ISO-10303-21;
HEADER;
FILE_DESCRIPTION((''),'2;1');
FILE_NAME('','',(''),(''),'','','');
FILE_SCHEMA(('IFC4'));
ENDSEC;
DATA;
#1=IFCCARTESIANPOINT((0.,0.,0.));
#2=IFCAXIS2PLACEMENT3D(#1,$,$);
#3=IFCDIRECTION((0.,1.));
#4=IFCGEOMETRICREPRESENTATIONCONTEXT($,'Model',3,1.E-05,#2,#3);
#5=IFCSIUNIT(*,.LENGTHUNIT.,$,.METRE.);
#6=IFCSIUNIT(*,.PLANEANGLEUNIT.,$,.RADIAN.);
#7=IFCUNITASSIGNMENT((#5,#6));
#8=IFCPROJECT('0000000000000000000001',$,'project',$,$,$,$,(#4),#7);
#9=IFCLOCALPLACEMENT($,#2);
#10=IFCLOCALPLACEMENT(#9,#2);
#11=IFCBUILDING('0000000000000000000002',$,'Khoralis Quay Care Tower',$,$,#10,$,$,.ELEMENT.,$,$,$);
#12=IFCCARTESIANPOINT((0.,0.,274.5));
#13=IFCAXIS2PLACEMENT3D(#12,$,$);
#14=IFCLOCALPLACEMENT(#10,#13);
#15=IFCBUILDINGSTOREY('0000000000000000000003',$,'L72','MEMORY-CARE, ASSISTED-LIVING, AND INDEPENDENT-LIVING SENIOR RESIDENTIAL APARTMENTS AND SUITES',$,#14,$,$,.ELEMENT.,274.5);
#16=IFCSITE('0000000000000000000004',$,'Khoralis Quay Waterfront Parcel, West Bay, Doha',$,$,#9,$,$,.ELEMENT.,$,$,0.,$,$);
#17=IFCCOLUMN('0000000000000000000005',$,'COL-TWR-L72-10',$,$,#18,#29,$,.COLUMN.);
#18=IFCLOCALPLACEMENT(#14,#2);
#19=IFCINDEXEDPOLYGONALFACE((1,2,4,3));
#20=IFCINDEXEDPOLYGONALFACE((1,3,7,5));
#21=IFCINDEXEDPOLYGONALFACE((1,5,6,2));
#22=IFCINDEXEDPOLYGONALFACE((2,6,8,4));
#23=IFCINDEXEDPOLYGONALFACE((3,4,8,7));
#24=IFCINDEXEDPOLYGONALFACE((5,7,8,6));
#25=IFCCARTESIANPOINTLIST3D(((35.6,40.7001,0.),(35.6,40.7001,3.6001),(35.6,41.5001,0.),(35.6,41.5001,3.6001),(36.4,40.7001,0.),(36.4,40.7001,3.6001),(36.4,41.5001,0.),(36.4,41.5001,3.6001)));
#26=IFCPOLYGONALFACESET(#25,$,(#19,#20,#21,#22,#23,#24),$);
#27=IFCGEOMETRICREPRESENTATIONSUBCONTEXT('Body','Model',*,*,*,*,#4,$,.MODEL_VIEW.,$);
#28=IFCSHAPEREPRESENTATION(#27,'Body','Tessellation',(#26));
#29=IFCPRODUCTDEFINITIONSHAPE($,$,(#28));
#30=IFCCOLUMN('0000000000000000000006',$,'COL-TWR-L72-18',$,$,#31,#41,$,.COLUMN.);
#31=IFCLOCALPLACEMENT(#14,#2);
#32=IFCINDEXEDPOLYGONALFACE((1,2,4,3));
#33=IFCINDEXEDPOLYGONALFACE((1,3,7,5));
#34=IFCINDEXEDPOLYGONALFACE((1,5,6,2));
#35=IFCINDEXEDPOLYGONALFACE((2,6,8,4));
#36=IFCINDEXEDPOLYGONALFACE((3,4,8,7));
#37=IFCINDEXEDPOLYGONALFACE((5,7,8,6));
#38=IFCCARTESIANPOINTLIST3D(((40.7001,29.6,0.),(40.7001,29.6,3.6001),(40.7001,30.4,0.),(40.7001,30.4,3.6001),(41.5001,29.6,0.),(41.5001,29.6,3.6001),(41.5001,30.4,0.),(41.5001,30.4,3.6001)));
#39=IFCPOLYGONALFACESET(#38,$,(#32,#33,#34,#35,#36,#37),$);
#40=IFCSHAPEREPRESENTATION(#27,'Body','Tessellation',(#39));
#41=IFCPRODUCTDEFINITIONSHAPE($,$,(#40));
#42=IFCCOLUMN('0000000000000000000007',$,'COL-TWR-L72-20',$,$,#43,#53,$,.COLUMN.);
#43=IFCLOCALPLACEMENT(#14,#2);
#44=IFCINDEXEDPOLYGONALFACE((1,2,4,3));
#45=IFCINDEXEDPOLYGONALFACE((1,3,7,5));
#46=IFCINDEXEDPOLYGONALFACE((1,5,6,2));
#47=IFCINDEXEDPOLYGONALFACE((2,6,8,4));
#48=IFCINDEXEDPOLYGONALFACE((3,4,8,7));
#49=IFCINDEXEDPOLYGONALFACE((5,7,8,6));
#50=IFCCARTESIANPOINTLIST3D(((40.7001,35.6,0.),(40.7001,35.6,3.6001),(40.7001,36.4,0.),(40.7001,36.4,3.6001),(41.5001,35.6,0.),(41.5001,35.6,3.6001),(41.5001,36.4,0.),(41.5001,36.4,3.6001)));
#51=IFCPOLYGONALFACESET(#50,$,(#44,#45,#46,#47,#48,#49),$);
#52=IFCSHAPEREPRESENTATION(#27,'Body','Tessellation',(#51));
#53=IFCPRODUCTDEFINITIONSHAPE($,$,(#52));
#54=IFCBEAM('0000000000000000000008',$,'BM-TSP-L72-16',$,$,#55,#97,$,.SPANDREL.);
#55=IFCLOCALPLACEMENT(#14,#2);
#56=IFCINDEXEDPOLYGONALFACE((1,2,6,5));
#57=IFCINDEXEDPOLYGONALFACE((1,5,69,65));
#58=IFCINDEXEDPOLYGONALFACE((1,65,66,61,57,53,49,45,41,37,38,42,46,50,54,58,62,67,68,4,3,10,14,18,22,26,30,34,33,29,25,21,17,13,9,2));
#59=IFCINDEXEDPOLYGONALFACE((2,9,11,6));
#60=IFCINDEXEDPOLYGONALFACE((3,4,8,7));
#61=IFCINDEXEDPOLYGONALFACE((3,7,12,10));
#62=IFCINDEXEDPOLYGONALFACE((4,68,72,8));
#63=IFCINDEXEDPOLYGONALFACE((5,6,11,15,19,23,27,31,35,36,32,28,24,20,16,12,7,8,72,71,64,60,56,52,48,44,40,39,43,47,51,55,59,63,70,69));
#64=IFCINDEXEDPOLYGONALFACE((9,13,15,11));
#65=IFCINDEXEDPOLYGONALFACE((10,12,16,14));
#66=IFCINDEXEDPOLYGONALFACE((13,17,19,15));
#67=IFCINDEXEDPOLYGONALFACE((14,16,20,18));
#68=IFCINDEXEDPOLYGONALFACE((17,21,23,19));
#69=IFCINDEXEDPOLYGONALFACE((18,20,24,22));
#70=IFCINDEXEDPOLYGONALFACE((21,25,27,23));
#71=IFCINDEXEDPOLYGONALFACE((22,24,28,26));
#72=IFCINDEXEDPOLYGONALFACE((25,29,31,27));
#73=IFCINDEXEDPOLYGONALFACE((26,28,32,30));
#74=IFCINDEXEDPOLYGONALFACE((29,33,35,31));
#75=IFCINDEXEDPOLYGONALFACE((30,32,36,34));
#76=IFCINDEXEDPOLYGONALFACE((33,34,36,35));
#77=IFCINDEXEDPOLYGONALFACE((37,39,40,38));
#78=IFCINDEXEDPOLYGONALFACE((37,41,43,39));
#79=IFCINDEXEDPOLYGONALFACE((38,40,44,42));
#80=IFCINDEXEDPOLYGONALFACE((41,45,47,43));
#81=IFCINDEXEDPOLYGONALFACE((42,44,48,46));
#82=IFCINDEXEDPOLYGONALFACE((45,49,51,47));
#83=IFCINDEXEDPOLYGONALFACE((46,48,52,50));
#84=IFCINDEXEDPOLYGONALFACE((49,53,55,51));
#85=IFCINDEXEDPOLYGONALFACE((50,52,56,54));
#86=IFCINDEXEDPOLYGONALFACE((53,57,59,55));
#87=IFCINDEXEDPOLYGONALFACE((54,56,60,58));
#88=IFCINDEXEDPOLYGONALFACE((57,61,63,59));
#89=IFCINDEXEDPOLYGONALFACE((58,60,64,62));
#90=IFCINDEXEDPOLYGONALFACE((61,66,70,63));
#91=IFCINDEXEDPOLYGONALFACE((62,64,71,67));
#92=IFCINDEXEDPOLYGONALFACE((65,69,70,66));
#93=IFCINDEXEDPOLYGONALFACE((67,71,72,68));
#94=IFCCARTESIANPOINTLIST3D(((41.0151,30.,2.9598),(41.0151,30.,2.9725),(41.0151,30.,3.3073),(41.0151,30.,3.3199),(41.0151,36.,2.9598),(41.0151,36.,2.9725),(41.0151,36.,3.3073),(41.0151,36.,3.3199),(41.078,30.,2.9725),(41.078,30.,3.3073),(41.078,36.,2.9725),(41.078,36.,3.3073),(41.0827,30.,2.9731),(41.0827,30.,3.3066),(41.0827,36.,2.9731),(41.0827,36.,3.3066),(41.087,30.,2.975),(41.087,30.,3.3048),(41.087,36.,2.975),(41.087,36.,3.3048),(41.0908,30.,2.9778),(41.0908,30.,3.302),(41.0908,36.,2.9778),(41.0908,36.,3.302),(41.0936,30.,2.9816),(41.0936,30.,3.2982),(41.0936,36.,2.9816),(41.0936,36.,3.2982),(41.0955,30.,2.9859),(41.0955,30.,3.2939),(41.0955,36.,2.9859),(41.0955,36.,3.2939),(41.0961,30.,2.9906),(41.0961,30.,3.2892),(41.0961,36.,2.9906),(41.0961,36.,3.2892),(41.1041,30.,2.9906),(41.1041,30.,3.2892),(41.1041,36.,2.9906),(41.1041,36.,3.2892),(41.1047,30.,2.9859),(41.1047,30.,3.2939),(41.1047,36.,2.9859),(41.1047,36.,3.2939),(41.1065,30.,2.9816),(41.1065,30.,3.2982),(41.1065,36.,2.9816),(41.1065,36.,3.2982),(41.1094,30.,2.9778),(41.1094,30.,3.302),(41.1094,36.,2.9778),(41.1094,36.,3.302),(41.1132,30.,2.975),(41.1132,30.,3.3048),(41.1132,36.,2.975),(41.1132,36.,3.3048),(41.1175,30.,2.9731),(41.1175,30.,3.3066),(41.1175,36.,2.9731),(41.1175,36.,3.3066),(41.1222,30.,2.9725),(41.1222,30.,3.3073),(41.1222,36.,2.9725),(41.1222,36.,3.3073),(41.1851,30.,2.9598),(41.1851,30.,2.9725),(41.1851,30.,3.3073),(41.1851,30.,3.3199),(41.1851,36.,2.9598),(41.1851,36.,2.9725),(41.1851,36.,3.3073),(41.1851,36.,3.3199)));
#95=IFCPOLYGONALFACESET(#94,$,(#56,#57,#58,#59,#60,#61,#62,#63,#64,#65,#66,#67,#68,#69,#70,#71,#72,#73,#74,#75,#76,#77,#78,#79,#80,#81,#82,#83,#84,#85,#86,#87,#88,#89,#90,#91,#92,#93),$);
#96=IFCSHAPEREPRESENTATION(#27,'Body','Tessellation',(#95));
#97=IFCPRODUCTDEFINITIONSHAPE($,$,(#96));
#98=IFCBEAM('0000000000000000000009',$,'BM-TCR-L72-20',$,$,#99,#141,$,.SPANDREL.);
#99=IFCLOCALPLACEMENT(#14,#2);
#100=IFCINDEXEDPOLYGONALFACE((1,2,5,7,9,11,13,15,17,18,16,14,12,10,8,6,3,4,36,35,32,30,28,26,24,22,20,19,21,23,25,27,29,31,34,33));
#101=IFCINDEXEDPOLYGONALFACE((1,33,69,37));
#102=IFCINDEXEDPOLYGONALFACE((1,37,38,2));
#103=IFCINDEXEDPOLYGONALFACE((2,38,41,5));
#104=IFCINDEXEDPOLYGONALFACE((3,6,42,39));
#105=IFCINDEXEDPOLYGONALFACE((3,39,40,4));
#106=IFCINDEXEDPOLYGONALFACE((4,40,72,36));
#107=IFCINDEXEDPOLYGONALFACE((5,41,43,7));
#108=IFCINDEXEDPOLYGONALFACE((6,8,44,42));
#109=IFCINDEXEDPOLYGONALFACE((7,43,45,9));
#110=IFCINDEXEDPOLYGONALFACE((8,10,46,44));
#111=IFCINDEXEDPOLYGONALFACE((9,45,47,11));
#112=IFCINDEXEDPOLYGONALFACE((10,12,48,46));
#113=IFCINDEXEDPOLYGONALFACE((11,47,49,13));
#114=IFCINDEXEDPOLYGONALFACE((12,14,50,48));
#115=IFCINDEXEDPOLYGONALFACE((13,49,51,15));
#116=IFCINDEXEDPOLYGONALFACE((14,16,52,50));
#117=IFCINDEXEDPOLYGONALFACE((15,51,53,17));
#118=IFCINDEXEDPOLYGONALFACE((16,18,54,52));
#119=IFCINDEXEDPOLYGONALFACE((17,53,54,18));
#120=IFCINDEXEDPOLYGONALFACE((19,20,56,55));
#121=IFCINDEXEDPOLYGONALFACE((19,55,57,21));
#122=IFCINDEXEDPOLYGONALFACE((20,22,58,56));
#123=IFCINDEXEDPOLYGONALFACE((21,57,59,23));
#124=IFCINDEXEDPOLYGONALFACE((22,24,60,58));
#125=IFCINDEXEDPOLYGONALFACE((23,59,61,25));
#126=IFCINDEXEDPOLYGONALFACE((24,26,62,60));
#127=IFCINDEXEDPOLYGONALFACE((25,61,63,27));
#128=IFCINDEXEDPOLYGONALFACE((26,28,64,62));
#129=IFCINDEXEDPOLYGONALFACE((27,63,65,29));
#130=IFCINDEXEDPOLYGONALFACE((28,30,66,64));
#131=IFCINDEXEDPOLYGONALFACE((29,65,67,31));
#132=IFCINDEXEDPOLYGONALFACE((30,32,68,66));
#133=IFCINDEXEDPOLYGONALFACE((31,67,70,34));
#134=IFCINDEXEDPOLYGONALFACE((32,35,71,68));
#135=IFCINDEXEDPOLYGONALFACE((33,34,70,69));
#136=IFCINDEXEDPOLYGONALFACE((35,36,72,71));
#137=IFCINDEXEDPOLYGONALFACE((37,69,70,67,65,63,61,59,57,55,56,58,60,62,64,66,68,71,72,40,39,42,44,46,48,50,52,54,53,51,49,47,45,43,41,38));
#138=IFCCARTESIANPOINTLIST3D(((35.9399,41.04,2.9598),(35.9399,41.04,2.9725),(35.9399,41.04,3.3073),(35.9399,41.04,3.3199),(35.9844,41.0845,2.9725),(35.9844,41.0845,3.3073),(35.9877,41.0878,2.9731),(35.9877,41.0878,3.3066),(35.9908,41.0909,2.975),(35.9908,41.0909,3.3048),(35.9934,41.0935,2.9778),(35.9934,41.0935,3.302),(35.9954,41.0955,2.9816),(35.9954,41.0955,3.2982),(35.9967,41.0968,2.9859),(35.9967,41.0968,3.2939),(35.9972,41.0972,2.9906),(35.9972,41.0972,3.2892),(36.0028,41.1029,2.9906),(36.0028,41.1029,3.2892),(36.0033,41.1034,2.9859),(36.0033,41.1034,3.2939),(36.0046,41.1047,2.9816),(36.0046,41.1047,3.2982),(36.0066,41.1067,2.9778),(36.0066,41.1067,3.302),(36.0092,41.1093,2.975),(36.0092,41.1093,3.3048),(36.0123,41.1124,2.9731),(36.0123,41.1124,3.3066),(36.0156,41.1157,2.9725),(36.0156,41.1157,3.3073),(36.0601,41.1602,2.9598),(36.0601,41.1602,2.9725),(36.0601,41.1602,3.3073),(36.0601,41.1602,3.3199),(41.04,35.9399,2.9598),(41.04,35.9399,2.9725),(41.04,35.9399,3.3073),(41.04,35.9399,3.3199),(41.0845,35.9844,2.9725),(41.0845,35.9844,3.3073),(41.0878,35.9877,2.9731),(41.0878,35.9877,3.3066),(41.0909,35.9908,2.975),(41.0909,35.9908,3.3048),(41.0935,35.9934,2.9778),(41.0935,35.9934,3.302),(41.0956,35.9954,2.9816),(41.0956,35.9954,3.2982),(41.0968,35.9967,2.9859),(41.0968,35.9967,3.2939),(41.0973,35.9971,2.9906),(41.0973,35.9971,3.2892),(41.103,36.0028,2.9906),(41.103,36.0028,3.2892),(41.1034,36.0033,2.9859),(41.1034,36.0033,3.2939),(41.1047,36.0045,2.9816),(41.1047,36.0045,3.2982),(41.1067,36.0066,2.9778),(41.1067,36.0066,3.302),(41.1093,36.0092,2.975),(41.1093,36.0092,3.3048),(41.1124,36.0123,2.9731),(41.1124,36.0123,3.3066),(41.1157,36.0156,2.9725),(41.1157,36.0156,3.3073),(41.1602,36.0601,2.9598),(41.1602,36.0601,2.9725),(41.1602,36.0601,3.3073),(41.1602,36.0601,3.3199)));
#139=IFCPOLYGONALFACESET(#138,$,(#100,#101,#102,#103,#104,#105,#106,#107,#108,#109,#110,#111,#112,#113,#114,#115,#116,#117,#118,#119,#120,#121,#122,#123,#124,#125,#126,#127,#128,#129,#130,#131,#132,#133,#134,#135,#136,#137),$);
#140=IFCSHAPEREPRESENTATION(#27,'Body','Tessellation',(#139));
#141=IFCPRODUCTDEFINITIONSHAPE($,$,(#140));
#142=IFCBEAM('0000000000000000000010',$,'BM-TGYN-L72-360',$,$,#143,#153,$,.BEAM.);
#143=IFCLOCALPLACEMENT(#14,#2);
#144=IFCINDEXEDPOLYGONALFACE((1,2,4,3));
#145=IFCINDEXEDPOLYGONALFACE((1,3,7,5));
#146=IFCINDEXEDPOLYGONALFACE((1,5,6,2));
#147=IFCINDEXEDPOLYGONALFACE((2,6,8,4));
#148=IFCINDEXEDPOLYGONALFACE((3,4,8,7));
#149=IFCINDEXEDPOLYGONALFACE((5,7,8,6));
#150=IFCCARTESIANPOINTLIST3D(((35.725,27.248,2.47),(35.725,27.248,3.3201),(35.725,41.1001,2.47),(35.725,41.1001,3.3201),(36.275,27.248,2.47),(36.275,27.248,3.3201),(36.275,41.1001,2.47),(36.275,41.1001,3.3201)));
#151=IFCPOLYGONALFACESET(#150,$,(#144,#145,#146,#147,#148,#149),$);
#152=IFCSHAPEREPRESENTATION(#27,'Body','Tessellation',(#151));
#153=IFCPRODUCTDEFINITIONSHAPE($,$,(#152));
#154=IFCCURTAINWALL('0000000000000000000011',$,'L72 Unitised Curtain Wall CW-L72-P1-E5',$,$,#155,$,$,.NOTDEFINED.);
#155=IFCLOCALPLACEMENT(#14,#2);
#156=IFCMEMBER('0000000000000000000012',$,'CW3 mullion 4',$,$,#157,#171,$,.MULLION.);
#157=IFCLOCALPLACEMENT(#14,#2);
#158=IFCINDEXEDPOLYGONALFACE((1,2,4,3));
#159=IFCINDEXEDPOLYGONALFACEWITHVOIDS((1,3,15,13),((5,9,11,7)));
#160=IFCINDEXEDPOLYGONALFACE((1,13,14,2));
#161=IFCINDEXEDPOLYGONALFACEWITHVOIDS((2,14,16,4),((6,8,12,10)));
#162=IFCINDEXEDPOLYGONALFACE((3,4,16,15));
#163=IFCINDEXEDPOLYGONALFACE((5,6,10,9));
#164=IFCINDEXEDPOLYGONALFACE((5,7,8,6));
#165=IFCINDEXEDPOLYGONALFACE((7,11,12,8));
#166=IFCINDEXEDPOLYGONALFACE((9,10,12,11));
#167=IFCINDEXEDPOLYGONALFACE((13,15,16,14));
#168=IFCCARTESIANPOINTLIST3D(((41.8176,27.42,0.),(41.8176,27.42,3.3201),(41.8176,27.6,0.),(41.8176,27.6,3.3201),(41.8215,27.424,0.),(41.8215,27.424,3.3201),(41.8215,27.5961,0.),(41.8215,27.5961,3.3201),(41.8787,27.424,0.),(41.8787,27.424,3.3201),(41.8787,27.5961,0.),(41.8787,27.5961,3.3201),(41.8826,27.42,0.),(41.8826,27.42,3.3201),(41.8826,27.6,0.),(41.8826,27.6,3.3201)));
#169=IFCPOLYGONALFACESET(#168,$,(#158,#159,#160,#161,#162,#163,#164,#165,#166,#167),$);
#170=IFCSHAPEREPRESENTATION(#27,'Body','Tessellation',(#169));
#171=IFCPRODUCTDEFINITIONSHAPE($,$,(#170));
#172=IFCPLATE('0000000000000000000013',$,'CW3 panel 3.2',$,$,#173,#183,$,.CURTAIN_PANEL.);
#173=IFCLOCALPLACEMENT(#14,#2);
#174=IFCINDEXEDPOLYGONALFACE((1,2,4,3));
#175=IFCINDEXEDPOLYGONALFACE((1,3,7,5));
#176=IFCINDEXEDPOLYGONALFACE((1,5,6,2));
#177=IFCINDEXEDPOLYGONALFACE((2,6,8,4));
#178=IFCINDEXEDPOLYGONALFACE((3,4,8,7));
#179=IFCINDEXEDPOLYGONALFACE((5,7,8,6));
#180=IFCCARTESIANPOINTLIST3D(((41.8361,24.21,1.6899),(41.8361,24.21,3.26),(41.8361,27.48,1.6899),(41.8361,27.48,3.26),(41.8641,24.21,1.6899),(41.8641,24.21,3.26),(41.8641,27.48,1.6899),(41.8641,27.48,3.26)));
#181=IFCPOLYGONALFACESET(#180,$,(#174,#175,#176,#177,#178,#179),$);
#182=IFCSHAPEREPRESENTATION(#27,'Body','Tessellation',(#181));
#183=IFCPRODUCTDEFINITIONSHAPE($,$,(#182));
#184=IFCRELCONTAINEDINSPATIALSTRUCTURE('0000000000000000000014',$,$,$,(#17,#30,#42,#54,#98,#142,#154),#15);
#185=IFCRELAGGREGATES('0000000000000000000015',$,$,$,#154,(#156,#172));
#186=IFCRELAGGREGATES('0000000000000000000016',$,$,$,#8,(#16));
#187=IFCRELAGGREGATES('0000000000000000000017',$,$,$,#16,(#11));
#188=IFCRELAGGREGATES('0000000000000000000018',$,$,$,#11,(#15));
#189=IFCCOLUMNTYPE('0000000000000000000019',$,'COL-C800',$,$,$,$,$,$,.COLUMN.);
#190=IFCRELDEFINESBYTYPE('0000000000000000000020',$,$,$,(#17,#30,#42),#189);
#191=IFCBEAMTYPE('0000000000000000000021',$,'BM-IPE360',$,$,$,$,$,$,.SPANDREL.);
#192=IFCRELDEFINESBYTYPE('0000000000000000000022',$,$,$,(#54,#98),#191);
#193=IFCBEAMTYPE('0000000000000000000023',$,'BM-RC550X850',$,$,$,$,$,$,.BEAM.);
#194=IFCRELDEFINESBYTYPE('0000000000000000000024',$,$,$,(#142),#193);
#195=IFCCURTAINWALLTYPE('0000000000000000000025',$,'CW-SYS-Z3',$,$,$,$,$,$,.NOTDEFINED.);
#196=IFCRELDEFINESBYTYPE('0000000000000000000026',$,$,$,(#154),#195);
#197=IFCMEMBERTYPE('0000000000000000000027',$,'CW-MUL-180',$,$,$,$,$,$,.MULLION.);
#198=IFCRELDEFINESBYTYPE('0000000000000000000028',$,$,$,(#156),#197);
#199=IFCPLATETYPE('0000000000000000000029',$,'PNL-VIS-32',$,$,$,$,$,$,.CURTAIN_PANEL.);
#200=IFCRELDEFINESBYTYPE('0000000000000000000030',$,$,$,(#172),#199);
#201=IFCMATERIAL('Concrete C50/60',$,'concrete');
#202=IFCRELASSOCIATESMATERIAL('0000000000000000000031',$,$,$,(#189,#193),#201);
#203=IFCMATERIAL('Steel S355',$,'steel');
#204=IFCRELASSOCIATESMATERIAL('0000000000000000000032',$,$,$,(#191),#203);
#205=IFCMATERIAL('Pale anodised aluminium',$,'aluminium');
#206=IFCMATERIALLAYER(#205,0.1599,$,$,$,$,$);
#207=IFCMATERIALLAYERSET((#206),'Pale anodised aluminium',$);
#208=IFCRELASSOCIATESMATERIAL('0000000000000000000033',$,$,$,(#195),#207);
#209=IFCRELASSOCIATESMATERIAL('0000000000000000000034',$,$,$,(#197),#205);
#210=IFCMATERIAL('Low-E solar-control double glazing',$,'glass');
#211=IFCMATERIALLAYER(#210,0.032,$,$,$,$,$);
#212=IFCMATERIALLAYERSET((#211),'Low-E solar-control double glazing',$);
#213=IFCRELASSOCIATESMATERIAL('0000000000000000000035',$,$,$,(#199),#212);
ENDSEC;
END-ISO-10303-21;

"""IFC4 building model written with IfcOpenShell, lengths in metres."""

from ifc_helpers import new_model, si_unit, direction, frame, origin, origin_2d, place, context, subcontext, project, spatial, rectangle, hollow_rectangle, i_section, extrude, source, transform, mapped, material, layer, layer_set, material_profile, profile_set, type_object, element, aggregate, save


model = new_model("IFC4")

# Units and contexts
model_context = context("Model", 3, precision=1e-05, world=origin(), true_north=direction((0.0, 1.0)))
body_context = subcontext(model_context, "Body", "Model", "MODEL_VIEW")
ifc_project = project(units=[si_unit("LENGTHUNIT", "METRE"), si_unit("PLANEANGLEUNIT", "RADIAN")], contexts=[model_context])

# Site, building, storey
site_placement = place(None, origin())
site = spatial("IfcSite", under=ifc_project, at=site_placement, Name="Khoralis Quay Waterfront Parcel, West Bay, Doha", CompositionType="ELEMENT", RefElevation=0.0)
building_placement = place(site_placement, origin())
building = spatial("IfcBuilding", under=site, at=building_placement, Name="Khoralis Quay Care Tower", CompositionType="ELEMENT")
storey_placement = place(building_placement, frame((0.0, 0.0, 274.5)))
storey = spatial("IfcBuildingStorey", under=building, at=storey_placement, Name="L72", Description="MEMORY-CARE, ASSISTED-LIVING, AND INDEPENDENT-LIVING SENIOR RESIDENTIAL APARTMENTS AND SUITES", CompositionType="ELEMENT", Elevation=274.5)

# Columns
ifc_material_1 = material(Name="Concrete C50/60", Category="concrete")
ifc_material_profile_1 = material_profile(ifc_material_1, rectangle(XDim=0.8, YDim=0.8, at=origin_2d()), Name="Concrete C50/60")
ifc_profile_set_1 = profile_set([ifc_material_profile_1], Name="Concrete C50/60")
column_type = type_object("IfcColumnType", Name="COL-C800", PredefinedType="COLUMN", material=ifc_profile_set_1)
shared_shape_1 = source(origin(), body_context, "Body", "SweptSolid", [
    extrude(rectangle(XDim=0.8, YDim=0.8, at=origin_2d()), origin(), (0.0, 0.0, 1.0), 3.6001),
])
for number, where, z_axis, x_axis, name in (
    (1, (36.0, 41.1001, 0.0), (0.0, 0.0, 1.0), (1.0, 0.0, 0.0), "COL-TWR-L72-10"),
    (2, (41.1001, 30.0, 0.0), (0.0, 0.0, 1.0), (1.0, 0.0, 0.0), "COL-TWR-L72-18"),
    (3, (41.1001, 36.0, 0.0), (0.0, 0.0, 1.0), (1.0, 0.0, 0.0), "COL-TWR-L72-20"),
):
    element("IfcColumn", number, at=place(storey_placement, frame(where, z_axis=z_axis, x_axis=x_axis)), inside=storey, type_object=column_type, Name=name, PredefinedType="COLUMN", context=body_context, shape_type="MappedRepresentation", body=[
        mapped(shared_shape_1, transform((0.0, 0.0, 0.0), scale=1.0)),
    ])

# Beams
ifc_material_2 = material(Name="Steel S355", Category="steel")
ifc_material_profile_2 = material_profile(ifc_material_2, i_section(OverallWidth=0.1699, OverallDepth=0.3601, WebThickness=0.0081, FlangeThickness=0.0127, FilletRadius=0.0181, at=origin_2d()), Name="Steel S355")
ifc_profile_set_2 = profile_set([ifc_material_profile_2], Name="Steel S355")
beam_type_1 = type_object("IfcBeamType", Name="BM-IPE360", PredefinedType="SPANDREL", material=ifc_profile_set_2)
shared_shape_2 = source(origin(), body_context, "Body", "SweptSolid", [
    extrude(i_section(OverallWidth=0.1699, OverallDepth=0.3601, WebThickness=0.0081, FlangeThickness=0.0127, FilletRadius=0.0181, at=origin_2d()), origin(), (0.0, 0.0, 1.0), 6.0),
])
beam_1_placement = place(storey_placement, frame((41.1001, 30.0, 3.1399), z_axis=(0.0, 1.0, 0.0), x_axis=(-1.0, 0.0, 0.0)))
element("IfcBeam", 4, at=beam_1_placement, inside=storey, type_object=beam_type_1, Name="BM-TSP-L72-16", PredefinedType="SPANDREL", context=body_context, shape_type="MappedRepresentation", body=[
    mapped(shared_shape_2, transform((0.0, 0.0, 0.0), scale=1.0)),
])
shared_shape_3 = source(origin(), body_context, "Body", "SweptSolid", [
    extrude(i_section(OverallWidth=0.1699, OverallDepth=0.3601, WebThickness=0.0081, FlangeThickness=0.0127, FilletRadius=0.0181, at=origin_2d()), origin(), (0.0, 0.0, 1.0), 7.2126),
])
beam_2_placement = place(storey_placement, frame((36.0, 41.1001, 3.1399), z_axis=(0.707107, -0.707107, 0.0), x_axis=(0.707107, 0.707107, 0.0)))
element("IfcBeam", 5, at=beam_2_placement, inside=storey, type_object=beam_type_1, Name="BM-TCR-L72-20", PredefinedType="SPANDREL", context=body_context, shape_type="MappedRepresentation", body=[
    mapped(shared_shape_3, transform((0.0, 0.0, 0.0), scale=1.0)),
])
ifc_material_profile_3 = material_profile(ifc_material_1, rectangle(XDim=0.55, YDim=0.8501, at=origin_2d()), Name="Concrete C50/60")
ifc_profile_set_3 = profile_set([ifc_material_profile_3], Name="Concrete C50/60")
beam_type_2 = type_object("IfcBeamType", Name="BM-RC550X850", PredefinedType="BEAM", material=ifc_profile_set_3)
shared_shape_4 = source(origin(), body_context, "Body", "SweptSolid", [
    extrude(rectangle(XDim=0.55, YDim=0.8501, at=origin_2d()), origin(), (0.0, 0.0, 1.0), 13.8521),
])
beam_3_placement = place(storey_placement, frame((36.0, 27.248, 2.895), z_axis=(0.0, 1.0, 0.0), x_axis=(-1.0, 0.0, 0.0)))
element("IfcBeam", 6, at=beam_3_placement, inside=storey, type_object=beam_type_2, Name="BM-TGYN-L72-360", PredefinedType="BEAM", context=body_context, shape_type="MappedRepresentation", body=[
    mapped(shared_shape_4, transform((0.0, 0.0, 0.0), scale=1.0)),
])

# Curtain wall, member, plate
ifc_material_3 = material(Name="Pale anodised aluminium", Category="aluminium")
ifc_layer_1 = layer(ifc_material_3, 0.1599)
ifc_layer_set_1 = layer_set([ifc_layer_1], Name="Pale anodised aluminium")
curtain_wall_type = type_object("IfcCurtainWallType", Name="CW-SYS-Z3", PredefinedType="NOTDEFINED", material=ifc_layer_set_1)
curtain_wall_placement = place(storey_placement, origin())
curtain_wall = element("IfcCurtainWall", 7, at=curtain_wall_placement, inside=storey, type_object=curtain_wall_type, Name="L72 Unitised Curtain Wall CW-L72-P1-E5", PredefinedType="NOTDEFINED")
ifc_material_profile_4 = material_profile(ifc_material_3, hollow_rectangle(XDim=0.0649, YDim=0.1799, WallThickness=0.0039, at=origin_2d()), Name="Pale anodised aluminium")
ifc_profile_set_4 = profile_set([ifc_material_profile_4], Name="Pale anodised aluminium")
member_type = type_object("IfcMemberType", Name="CW-MUL-180", PredefinedType="MULLION", material=ifc_profile_set_4)
shared_shape_5 = source(origin(), body_context, "Body", "SweptSolid", [
    extrude(hollow_rectangle(XDim=0.0649, YDim=0.1799, WallThickness=0.0039, at=origin_2d()), origin(), (0.0, 0.0, 1.0), 3.3201),
])
member_placement = place(storey_placement, frame((41.8501, 27.51, 0.0), z_axis=(0.0, 0.0, 1.0), x_axis=(-1.0, 0.0, 0.0)))
member = element("IfcMember", 8, at=member_placement, type_object=member_type, Name="CW3 mullion 4", PredefinedType="MULLION", context=body_context, shape_type="MappedRepresentation", body=[
    mapped(shared_shape_5, transform((0.0, 0.0, 0.0), scale=1.0)),
])
ifc_material_4 = material(Name="Low-E solar-control double glazing", Category="glass")
ifc_layer_2 = layer(ifc_material_4, 0.032)
ifc_layer_set_2 = layer_set([ifc_layer_2], Name="Low-E solar-control double glazing")
plate_type = type_object("IfcPlateType", Name="PNL-VIS-32", PredefinedType="CURTAIN_PANEL", material=ifc_layer_set_2)
shared_shape_6 = source(origin(), body_context, "Body", "SweptSolid", [
    extrude(rectangle(XDim=3.27, YDim=0.0281, at=origin_2d()), origin(), (0.0, 0.0, 1.0), 1.5701),
])
plate_placement = place(storey_placement, frame((41.8501, 25.845, 1.6899), z_axis=(0.0, 0.0, 1.0), x_axis=(0.0, 1.0, 0.0)))
plate = element("IfcPlate", 9, at=plate_placement, type_object=plate_type, Name="CW3 panel 3.2", PredefinedType="CURTAIN_PANEL", context=body_context, shape_type="MappedRepresentation", body=[
    mapped(shared_shape_6, transform((0.0, 0.0, 0.0), scale=1.0)),
])
aggregate(curtain_wall, [member, plate])

save(model, "model.ifc")
